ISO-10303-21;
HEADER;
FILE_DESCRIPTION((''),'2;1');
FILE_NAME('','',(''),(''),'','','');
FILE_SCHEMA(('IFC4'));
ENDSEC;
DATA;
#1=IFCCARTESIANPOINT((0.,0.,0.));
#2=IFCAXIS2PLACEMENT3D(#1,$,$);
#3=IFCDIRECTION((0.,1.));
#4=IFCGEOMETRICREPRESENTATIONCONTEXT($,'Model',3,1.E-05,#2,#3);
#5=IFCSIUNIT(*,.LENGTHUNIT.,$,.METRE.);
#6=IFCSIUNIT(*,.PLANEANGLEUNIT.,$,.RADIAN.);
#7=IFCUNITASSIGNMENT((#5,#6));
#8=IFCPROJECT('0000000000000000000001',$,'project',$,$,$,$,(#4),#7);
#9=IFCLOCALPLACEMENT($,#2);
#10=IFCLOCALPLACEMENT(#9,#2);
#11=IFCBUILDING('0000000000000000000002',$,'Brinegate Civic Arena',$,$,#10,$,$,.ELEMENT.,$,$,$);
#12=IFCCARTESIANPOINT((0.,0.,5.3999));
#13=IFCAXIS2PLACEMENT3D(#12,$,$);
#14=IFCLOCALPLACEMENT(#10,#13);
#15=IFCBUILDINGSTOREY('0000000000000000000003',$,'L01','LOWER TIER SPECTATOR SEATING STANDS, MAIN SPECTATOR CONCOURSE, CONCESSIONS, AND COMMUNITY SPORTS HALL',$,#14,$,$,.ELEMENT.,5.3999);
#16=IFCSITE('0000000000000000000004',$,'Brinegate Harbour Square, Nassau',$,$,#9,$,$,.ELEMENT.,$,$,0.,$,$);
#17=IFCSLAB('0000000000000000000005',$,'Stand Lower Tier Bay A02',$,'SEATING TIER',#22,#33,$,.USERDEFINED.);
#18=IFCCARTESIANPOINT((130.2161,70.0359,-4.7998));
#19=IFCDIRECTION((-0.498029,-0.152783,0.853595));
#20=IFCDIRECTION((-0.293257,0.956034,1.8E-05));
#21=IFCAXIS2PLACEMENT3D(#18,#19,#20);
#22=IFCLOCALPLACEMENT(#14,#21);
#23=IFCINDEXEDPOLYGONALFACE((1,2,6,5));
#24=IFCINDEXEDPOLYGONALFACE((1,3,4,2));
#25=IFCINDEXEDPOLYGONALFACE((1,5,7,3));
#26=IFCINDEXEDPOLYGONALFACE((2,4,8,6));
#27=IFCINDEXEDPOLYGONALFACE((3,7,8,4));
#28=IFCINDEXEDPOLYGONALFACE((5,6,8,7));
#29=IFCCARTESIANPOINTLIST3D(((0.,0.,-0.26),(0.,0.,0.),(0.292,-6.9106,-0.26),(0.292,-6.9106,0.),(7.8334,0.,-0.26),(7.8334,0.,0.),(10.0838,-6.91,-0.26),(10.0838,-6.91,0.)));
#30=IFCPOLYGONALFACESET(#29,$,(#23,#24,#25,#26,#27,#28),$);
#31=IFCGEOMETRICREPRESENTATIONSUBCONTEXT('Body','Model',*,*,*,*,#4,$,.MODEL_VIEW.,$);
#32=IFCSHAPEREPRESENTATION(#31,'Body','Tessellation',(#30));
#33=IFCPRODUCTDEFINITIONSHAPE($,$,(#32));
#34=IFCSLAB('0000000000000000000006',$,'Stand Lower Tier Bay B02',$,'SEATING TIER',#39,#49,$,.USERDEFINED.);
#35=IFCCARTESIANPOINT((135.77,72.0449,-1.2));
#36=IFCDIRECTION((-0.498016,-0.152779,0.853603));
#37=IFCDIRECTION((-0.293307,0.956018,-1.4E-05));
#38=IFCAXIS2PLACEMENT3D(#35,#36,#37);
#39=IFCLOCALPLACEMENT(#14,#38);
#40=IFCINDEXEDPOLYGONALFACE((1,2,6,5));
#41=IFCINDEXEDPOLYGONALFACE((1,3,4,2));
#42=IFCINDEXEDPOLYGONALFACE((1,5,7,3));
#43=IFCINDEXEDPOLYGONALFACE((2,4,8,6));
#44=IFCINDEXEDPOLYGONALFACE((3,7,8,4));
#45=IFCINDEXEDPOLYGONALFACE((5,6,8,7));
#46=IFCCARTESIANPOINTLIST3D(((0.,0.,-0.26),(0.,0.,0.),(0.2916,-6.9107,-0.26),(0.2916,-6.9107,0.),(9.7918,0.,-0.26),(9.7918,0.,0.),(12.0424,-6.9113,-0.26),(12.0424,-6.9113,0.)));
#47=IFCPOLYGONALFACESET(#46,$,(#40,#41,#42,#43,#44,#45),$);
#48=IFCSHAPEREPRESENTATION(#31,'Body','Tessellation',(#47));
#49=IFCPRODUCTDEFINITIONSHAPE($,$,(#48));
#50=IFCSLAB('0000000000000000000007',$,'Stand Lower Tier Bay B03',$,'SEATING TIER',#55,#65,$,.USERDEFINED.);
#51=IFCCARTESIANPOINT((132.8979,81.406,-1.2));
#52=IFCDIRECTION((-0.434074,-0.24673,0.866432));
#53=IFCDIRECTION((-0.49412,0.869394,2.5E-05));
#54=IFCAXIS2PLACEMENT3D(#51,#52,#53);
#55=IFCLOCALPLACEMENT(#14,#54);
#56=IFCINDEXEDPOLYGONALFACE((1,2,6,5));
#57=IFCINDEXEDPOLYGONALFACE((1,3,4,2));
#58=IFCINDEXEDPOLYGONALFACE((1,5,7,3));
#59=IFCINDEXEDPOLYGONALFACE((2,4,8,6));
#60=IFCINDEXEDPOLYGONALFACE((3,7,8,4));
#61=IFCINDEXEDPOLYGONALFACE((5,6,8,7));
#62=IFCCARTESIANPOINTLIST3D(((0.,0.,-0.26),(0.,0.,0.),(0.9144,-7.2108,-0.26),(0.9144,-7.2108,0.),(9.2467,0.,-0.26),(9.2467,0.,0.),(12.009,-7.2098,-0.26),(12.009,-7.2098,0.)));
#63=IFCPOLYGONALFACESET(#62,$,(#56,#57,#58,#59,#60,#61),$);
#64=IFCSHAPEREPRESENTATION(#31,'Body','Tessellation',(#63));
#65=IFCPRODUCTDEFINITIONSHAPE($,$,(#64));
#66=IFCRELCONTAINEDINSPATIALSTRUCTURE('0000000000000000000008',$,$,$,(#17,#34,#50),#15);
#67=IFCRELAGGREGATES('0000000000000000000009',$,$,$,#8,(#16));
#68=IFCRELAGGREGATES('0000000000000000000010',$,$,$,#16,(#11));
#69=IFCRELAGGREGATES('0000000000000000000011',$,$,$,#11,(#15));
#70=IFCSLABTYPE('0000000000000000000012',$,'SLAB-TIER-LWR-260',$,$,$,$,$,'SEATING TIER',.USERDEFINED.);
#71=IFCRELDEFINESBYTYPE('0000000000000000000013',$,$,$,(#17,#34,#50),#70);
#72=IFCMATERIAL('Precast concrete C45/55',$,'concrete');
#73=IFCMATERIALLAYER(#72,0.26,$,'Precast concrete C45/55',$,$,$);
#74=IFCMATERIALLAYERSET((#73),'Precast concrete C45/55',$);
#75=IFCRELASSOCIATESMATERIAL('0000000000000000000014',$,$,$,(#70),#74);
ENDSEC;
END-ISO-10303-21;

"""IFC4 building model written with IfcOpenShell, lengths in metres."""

from ifc_helpers import new_model, si_unit, direction, frame, origin, place, context, subcontext, project, spatial, polyline, outline, extrude, material, layer, layer_set, type_object, element, save


model = new_model("IFC4")

# Units and contexts
model_context = context("Model", 3, precision=1e-05, world=origin(), true_north=direction((0.0, 1.0)))
body_context = subcontext(model_context, "Body", "Model", "MODEL_VIEW")
ifc_project = project(units=[si_unit("LENGTHUNIT", "METRE"), si_unit("PLANEANGLEUNIT", "RADIAN")], contexts=[model_context])

# Site, building, storey
site_placement = place(None, origin())
site = spatial("IfcSite", under=ifc_project, at=site_placement, Name="Brinegate Harbour Square, Nassau", CompositionType="ELEMENT", RefElevation=0.0)
building_placement = place(site_placement, origin())
building = spatial("IfcBuilding", under=site, at=building_placement, Name="Brinegate Civic Arena", CompositionType="ELEMENT")
storey_placement = place(building_placement, frame((0.0, 0.0, 5.3999)))
storey = spatial("IfcBuildingStorey", under=building, at=storey_placement, Name="L01", Description="LOWER TIER SPECTATOR SEATING STANDS, MAIN SPECTATOR CONCOURSE, CONCESSIONS, AND COMMUNITY SPORTS HALL", CompositionType="ELEMENT", Elevation=5.3999)

# Slabs
ifc_material_1 = material(Name="Precast concrete C45/55", Category="concrete")
ifc_layer_1 = layer(ifc_material_1, 0.26, Name="Precast concrete C45/55")
ifc_layer_set_1 = layer_set([ifc_layer_1], Name="Precast concrete C45/55")
slab_type = type_object("IfcSlabType", Name="SLAB-TIER-LWR-260", ElementType="SEATING TIER", PredefinedType="USERDEFINED", material=ifc_layer_set_1)
slab_1_placement = place(storey_placement, frame((130.2161, 70.0359, -4.7998), z_axis=(-0.498029, -0.152783, 0.853595), x_axis=(-0.293257, 0.956034, 0.000018)))
element("IfcSlab", 1, at=slab_1_placement, inside=storey, type_object=slab_type, Name="Stand Lower Tier Bay A02", ObjectType="SEATING TIER", PredefinedType="USERDEFINED", context=body_context, shape_type="SweptSolid", body=[
    extrude(outline(polyline([(0.0, 0.0), (7.8334, 0.0), (10.0838, -6.91), (0.292, -6.9106), (0.0, 0.0)])), origin(), (0.0, 0.0, -1.0), 0.26),
])
slab_2_placement = place(storey_placement, frame((135.77, 72.0449, -1.2), z_axis=(-0.498016, -0.152779, 0.853603), x_axis=(-0.293307, 0.956018, -0.000014)))
element("IfcSlab", 2, at=slab_2_placement, inside=storey, type_object=slab_type, Name="Stand Lower Tier Bay B02", ObjectType="SEATING TIER", PredefinedType="USERDEFINED", context=body_context, shape_type="SweptSolid", body=[
    extrude(outline(polyline([(0.0, 0.0), (9.7918, 0.0), (12.0424, -6.9113), (0.2916, -6.9107), (0.0, 0.0)])), origin(), (0.0, 0.0, -1.0), 0.26),
])
slab_3_placement = place(storey_placement, frame((132.8979, 81.406, -1.2), z_axis=(-0.434074, -0.24673, 0.866432), x_axis=(-0.49412, 0.869394, 0.000025)))
element("IfcSlab", 3, at=slab_3_placement, inside=storey, type_object=slab_type, Name="Stand Lower Tier Bay B03", ObjectType="SEATING TIER", PredefinedType="USERDEFINED", context=body_context, shape_type="SweptSolid", body=[
    extrude(outline(polyline([(0.0, 0.0), (9.2467, 0.0), (12.009, -7.2098), (0.9144, -7.2108), (0.0, 0.0)])), origin(), (0.0, 0.0, -1.0), 0.26),
])

save(model, "model.ifc")
